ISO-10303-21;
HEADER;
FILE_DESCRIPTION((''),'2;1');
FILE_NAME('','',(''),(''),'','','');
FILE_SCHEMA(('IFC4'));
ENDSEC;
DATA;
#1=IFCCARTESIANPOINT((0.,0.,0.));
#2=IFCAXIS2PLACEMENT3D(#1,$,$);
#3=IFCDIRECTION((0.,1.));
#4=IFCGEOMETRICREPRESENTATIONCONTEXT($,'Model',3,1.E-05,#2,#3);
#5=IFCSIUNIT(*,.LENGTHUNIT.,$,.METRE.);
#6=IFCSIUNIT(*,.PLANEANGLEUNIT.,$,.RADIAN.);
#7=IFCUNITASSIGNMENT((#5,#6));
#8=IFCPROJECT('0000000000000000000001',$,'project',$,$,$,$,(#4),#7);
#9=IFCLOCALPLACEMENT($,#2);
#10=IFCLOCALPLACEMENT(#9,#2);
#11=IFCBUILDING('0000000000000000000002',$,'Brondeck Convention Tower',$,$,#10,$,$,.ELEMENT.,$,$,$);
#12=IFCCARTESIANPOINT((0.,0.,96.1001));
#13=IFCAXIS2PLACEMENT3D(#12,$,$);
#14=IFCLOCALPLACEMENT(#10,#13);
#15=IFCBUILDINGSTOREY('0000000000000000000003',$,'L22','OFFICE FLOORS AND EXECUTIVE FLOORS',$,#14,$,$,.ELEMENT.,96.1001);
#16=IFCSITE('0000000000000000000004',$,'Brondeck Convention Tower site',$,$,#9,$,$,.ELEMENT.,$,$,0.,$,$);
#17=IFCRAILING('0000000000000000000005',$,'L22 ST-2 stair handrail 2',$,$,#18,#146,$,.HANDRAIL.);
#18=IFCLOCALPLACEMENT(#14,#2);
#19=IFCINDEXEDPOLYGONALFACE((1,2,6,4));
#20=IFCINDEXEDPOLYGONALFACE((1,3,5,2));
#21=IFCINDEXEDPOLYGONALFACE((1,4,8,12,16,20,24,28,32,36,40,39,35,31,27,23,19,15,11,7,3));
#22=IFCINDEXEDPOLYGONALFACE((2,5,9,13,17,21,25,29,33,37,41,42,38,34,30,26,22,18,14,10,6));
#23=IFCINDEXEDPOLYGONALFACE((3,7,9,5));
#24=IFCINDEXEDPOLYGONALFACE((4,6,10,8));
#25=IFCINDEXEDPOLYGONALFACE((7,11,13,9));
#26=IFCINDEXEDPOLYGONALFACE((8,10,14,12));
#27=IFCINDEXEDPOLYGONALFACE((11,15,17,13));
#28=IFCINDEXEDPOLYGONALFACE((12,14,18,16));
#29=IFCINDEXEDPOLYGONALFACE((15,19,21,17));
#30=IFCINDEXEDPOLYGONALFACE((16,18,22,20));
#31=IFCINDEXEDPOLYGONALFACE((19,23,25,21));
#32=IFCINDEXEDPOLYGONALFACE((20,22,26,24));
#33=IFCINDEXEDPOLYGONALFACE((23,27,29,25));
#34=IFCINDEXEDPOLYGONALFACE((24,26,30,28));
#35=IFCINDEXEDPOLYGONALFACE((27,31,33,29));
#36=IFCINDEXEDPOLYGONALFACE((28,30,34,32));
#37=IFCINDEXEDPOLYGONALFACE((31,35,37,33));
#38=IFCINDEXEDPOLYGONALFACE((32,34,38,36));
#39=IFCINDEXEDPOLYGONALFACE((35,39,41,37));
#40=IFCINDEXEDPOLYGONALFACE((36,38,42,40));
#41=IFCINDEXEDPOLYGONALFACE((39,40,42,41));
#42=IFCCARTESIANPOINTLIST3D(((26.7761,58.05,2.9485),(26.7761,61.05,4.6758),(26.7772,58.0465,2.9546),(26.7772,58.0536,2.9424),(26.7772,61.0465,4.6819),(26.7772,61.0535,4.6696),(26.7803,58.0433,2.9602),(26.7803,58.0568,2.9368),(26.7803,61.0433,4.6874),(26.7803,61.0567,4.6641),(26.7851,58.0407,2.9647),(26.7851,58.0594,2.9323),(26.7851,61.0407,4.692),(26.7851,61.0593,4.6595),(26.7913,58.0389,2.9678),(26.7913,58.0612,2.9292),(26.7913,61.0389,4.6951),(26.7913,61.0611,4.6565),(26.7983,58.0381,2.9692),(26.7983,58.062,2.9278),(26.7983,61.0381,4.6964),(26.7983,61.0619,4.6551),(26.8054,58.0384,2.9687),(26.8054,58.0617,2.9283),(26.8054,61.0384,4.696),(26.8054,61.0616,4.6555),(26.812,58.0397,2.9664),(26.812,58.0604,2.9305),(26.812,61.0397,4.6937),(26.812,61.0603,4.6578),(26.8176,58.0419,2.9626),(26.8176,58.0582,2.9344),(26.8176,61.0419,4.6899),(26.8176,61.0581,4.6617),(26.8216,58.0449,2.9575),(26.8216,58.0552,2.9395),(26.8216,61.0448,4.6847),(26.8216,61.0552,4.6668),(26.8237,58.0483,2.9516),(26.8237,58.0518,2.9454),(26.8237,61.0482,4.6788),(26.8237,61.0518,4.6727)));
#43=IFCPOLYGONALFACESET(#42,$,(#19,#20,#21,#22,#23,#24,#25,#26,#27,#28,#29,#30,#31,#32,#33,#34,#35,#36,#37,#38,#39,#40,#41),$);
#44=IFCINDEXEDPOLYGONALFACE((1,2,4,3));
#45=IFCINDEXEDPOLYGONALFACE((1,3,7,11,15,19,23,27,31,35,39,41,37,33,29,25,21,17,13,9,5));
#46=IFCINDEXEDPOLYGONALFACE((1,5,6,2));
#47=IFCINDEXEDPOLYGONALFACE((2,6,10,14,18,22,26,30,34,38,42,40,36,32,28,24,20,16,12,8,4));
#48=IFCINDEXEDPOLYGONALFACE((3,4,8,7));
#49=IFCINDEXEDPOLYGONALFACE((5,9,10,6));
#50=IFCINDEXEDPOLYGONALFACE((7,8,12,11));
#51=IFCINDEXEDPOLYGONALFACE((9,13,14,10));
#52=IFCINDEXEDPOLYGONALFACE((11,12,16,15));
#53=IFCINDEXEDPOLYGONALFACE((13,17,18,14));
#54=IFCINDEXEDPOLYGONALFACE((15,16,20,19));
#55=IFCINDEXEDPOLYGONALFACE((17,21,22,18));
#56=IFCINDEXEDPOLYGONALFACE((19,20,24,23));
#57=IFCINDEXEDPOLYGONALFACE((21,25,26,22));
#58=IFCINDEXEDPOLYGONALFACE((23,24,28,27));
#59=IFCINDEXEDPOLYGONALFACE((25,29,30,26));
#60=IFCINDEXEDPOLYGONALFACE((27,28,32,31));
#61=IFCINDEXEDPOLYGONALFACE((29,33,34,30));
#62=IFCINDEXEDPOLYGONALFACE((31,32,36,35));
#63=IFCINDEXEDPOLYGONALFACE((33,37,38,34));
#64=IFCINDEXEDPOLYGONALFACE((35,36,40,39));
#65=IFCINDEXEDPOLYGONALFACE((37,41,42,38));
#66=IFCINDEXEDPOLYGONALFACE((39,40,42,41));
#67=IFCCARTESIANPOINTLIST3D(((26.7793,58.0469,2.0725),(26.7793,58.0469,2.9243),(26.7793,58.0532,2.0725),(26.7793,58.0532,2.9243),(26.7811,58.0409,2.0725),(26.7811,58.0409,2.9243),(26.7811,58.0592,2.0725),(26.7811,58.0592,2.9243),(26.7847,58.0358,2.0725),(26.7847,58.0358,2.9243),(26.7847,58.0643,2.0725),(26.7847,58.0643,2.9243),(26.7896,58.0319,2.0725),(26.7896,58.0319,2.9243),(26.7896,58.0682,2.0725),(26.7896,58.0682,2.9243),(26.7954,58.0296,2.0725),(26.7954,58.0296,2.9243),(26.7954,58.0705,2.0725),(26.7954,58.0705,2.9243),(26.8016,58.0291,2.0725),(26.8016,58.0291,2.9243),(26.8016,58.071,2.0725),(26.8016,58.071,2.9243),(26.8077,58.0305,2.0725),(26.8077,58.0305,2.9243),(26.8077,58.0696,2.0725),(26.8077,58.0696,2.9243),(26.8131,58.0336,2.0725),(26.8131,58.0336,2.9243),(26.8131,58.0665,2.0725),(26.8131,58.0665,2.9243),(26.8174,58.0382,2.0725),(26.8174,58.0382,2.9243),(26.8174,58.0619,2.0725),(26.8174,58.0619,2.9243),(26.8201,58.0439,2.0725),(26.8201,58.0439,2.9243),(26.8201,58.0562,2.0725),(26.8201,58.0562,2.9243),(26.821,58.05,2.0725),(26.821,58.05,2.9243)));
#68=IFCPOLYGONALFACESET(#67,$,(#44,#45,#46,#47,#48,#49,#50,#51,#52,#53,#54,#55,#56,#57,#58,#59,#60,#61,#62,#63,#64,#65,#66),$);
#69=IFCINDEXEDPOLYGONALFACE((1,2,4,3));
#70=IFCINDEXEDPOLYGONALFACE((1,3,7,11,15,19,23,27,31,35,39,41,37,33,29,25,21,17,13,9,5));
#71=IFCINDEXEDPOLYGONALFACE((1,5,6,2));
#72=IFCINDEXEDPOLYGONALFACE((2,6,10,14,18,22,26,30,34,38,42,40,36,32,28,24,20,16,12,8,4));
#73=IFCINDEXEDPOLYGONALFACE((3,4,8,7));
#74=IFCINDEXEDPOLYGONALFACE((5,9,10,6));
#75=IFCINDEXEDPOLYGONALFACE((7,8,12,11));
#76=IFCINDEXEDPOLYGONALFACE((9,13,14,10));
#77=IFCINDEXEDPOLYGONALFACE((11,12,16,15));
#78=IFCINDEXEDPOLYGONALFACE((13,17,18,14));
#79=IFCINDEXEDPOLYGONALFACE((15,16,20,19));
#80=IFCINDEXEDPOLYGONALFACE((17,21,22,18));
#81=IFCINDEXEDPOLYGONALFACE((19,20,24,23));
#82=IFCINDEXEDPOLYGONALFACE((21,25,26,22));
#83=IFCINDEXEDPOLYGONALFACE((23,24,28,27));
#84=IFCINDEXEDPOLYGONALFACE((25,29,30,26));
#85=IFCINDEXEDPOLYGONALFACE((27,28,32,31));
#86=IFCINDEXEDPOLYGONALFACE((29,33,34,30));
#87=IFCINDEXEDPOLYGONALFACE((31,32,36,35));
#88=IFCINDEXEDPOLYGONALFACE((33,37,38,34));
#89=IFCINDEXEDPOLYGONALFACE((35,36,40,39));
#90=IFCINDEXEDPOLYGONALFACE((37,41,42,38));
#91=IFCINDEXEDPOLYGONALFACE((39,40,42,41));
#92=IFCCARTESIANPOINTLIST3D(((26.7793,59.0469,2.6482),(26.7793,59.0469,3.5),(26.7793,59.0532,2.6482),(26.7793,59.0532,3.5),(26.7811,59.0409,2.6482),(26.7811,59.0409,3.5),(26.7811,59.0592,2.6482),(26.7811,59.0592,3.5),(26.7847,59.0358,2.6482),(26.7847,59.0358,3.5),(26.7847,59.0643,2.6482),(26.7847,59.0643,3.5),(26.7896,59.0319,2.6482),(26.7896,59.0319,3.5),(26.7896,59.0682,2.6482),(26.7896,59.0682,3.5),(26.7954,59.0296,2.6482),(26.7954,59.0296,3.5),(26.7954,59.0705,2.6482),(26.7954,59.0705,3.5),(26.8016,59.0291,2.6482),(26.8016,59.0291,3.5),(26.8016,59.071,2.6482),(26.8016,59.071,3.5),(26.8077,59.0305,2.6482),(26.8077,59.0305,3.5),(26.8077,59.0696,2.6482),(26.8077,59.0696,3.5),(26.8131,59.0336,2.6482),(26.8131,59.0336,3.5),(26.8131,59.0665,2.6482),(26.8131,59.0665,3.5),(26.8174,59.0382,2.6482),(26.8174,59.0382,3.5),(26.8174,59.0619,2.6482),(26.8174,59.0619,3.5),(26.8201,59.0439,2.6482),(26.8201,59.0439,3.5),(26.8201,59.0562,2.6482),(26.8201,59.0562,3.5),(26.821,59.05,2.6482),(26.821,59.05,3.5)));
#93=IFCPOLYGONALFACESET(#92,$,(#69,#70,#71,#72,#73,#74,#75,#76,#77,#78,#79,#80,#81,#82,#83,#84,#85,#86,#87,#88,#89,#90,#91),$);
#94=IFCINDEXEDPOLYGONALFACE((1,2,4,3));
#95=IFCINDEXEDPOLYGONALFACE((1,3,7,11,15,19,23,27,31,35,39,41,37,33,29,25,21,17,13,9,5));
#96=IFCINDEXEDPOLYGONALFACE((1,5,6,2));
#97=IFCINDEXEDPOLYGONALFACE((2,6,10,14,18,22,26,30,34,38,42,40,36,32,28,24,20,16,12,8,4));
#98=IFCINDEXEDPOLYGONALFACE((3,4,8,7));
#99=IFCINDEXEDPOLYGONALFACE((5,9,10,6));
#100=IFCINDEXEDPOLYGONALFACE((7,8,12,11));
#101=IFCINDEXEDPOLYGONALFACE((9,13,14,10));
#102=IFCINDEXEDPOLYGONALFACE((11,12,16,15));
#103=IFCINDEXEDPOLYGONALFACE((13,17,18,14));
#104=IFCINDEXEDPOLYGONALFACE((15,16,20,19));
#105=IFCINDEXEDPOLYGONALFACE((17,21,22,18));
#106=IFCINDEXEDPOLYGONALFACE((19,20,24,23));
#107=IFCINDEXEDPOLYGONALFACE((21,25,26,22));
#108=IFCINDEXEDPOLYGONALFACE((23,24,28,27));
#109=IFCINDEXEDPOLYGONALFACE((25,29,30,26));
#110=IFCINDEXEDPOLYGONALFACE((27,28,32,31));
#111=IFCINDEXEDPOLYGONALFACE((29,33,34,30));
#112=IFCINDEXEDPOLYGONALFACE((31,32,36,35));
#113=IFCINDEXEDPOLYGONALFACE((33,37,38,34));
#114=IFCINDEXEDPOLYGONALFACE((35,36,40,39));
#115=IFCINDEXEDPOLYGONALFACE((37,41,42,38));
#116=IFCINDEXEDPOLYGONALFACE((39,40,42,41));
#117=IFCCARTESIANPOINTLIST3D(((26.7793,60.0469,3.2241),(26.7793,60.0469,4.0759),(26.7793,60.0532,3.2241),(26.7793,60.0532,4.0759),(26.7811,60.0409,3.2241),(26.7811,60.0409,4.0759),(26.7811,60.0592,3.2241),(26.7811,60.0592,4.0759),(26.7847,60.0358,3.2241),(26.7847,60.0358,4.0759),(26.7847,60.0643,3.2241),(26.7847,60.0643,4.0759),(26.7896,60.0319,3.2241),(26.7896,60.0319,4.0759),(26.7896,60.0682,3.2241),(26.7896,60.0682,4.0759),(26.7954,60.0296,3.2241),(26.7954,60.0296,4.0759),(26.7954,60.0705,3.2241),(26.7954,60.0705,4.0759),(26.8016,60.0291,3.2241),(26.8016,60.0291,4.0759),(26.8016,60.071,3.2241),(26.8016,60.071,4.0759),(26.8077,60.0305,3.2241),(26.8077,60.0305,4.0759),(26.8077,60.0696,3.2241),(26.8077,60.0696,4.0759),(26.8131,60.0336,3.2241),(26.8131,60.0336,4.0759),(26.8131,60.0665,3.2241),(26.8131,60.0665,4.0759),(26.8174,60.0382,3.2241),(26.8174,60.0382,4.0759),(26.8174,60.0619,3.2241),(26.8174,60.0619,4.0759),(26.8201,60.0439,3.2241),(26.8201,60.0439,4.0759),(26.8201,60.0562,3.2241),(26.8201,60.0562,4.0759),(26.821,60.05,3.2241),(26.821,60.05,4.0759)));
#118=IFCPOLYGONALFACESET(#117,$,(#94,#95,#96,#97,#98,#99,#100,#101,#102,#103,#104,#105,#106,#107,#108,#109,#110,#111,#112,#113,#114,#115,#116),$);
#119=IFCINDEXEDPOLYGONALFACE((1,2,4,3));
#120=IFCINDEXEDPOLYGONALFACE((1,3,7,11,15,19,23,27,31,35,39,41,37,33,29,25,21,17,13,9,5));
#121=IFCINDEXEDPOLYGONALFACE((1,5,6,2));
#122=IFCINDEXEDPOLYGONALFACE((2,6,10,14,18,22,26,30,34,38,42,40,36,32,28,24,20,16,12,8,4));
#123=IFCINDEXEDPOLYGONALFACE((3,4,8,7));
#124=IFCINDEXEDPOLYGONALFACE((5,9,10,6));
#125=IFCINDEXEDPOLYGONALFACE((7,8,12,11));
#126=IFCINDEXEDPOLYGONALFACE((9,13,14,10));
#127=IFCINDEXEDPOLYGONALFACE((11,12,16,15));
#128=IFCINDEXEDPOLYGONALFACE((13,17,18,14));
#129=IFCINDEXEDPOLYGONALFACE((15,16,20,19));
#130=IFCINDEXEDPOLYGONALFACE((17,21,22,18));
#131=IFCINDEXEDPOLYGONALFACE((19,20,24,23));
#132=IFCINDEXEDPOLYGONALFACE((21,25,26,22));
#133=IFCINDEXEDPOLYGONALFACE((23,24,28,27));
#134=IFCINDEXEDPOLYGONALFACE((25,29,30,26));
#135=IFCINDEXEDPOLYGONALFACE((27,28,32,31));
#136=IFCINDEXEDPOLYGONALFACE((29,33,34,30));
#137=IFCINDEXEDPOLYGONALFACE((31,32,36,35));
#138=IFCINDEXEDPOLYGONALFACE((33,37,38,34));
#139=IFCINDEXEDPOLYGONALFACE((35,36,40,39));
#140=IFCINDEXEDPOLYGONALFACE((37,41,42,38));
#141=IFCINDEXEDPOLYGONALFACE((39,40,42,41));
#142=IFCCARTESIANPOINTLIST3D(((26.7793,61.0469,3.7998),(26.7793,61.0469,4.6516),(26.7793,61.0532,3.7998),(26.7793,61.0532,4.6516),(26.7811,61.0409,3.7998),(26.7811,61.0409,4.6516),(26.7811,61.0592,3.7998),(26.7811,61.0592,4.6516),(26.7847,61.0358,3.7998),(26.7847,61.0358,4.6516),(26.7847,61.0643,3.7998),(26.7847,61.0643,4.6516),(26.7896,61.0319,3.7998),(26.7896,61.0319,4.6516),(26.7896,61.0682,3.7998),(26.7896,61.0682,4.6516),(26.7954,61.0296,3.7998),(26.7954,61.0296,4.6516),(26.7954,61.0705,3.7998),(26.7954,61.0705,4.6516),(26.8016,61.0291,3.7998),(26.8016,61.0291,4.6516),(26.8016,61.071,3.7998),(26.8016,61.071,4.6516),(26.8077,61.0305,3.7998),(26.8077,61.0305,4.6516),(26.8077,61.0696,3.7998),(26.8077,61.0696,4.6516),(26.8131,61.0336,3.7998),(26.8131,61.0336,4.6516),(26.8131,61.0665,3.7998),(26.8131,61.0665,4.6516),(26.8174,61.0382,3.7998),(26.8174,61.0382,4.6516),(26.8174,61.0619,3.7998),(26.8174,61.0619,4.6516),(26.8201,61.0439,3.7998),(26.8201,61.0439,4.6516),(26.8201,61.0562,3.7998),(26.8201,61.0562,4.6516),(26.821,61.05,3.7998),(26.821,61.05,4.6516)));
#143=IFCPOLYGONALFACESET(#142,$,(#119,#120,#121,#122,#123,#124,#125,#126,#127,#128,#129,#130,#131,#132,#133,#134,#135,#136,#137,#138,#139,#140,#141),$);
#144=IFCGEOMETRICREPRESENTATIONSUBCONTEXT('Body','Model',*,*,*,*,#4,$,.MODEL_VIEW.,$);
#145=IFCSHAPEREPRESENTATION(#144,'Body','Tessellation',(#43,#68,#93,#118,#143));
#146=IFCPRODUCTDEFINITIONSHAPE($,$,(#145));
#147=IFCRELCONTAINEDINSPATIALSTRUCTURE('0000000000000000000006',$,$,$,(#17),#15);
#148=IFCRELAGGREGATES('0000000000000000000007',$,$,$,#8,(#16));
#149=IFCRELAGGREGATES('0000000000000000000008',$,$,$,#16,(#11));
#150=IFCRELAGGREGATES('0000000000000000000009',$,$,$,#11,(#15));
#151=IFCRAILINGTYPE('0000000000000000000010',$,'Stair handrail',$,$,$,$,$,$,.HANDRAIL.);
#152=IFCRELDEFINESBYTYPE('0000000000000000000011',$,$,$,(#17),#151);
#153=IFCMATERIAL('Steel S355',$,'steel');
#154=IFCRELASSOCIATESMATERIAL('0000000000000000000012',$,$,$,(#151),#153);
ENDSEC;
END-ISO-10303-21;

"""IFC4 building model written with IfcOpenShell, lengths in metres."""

from ifc_helpers import new_model, si_unit, direction, frame, origin, origin_2d, place, context, subcontext, project, spatial, circle, extrude, material, type_object, element, save


model = new_model("IFC4")

# Units and contexts
model_context = context("Model", 3, precision=1e-05, world=origin(), true_north=direction((0.0, 1.0)))
body_context = subcontext(model_context, "Body", "Model", "MODEL_VIEW")
ifc_project = project(units=[si_unit("LENGTHUNIT", "METRE"), si_unit("PLANEANGLEUNIT", "RADIAN")], contexts=[model_context])

# Site, building, storey
site_placement = place(None, origin())
site = spatial("IfcSite", under=ifc_project, at=site_placement, Name="Brondeck Convention Tower site", CompositionType="ELEMENT", RefElevation=0.0)
building_placement = place(site_placement, origin())
building = spatial("IfcBuilding", under=site, at=building_placement, Name="Brondeck Convention Tower", CompositionType="ELEMENT")
storey_placement = place(building_placement, frame((0.0, 0.0, 96.1001)))
storey = spatial("IfcBuildingStorey", under=building, at=storey_placement, Name="L22", Description="OFFICE FLOORS AND EXECUTIVE FLOORS", CompositionType="ELEMENT", Elevation=96.1001)

# Shared definitions
ifc_material_1 = material(Name="Steel S355", Category="steel")

# Railing
railing_type_1 = type_object("IfcRailingType", Name="Stair handrail", PredefinedType="HANDRAIL", material=ifc_material_1)
railing_1_placement = place(storey_placement, frame((26.8, 58.05, 2.0725)))
element("IfcRailing", 1, at=railing_1_placement, inside=storey, type_object=railing_type_1, Name="L22 ST-2 stair handrail 2", PredefinedType="HANDRAIL", context=body_context, shape_type="SweptSolid", body=[
    extrude(circle(Radius=0.0239, at=origin_2d()), frame((0.0, 0.0, 0.876), z_axis=(0.0, 0.86662, 0.498969), x_axis=(-1.0, 0.0, 0.0)), (0.0, 0.0, 1.0), 3.4617),
    extrude(circle(Radius=0.021, at=origin_2d()), origin(), (0.0, 0.0, 1.0), 0.8518),
    extrude(circle(Radius=0.021, at=origin_2d()), frame((0.0, 1.0, 0.5757)), (0.0, 0.0, 1.0), 0.8518),
    extrude(circle(Radius=0.021, at=origin_2d()), frame((0.0, 2.0, 1.1516)), (0.0, 0.0, 1.0), 0.8518),
    extrude(circle(Radius=0.021, at=origin_2d()), frame((0.0, 3.0, 1.7273)), (0.0, 0.0, 1.0), 0.8518),
])

save(model, "model.ifc")
